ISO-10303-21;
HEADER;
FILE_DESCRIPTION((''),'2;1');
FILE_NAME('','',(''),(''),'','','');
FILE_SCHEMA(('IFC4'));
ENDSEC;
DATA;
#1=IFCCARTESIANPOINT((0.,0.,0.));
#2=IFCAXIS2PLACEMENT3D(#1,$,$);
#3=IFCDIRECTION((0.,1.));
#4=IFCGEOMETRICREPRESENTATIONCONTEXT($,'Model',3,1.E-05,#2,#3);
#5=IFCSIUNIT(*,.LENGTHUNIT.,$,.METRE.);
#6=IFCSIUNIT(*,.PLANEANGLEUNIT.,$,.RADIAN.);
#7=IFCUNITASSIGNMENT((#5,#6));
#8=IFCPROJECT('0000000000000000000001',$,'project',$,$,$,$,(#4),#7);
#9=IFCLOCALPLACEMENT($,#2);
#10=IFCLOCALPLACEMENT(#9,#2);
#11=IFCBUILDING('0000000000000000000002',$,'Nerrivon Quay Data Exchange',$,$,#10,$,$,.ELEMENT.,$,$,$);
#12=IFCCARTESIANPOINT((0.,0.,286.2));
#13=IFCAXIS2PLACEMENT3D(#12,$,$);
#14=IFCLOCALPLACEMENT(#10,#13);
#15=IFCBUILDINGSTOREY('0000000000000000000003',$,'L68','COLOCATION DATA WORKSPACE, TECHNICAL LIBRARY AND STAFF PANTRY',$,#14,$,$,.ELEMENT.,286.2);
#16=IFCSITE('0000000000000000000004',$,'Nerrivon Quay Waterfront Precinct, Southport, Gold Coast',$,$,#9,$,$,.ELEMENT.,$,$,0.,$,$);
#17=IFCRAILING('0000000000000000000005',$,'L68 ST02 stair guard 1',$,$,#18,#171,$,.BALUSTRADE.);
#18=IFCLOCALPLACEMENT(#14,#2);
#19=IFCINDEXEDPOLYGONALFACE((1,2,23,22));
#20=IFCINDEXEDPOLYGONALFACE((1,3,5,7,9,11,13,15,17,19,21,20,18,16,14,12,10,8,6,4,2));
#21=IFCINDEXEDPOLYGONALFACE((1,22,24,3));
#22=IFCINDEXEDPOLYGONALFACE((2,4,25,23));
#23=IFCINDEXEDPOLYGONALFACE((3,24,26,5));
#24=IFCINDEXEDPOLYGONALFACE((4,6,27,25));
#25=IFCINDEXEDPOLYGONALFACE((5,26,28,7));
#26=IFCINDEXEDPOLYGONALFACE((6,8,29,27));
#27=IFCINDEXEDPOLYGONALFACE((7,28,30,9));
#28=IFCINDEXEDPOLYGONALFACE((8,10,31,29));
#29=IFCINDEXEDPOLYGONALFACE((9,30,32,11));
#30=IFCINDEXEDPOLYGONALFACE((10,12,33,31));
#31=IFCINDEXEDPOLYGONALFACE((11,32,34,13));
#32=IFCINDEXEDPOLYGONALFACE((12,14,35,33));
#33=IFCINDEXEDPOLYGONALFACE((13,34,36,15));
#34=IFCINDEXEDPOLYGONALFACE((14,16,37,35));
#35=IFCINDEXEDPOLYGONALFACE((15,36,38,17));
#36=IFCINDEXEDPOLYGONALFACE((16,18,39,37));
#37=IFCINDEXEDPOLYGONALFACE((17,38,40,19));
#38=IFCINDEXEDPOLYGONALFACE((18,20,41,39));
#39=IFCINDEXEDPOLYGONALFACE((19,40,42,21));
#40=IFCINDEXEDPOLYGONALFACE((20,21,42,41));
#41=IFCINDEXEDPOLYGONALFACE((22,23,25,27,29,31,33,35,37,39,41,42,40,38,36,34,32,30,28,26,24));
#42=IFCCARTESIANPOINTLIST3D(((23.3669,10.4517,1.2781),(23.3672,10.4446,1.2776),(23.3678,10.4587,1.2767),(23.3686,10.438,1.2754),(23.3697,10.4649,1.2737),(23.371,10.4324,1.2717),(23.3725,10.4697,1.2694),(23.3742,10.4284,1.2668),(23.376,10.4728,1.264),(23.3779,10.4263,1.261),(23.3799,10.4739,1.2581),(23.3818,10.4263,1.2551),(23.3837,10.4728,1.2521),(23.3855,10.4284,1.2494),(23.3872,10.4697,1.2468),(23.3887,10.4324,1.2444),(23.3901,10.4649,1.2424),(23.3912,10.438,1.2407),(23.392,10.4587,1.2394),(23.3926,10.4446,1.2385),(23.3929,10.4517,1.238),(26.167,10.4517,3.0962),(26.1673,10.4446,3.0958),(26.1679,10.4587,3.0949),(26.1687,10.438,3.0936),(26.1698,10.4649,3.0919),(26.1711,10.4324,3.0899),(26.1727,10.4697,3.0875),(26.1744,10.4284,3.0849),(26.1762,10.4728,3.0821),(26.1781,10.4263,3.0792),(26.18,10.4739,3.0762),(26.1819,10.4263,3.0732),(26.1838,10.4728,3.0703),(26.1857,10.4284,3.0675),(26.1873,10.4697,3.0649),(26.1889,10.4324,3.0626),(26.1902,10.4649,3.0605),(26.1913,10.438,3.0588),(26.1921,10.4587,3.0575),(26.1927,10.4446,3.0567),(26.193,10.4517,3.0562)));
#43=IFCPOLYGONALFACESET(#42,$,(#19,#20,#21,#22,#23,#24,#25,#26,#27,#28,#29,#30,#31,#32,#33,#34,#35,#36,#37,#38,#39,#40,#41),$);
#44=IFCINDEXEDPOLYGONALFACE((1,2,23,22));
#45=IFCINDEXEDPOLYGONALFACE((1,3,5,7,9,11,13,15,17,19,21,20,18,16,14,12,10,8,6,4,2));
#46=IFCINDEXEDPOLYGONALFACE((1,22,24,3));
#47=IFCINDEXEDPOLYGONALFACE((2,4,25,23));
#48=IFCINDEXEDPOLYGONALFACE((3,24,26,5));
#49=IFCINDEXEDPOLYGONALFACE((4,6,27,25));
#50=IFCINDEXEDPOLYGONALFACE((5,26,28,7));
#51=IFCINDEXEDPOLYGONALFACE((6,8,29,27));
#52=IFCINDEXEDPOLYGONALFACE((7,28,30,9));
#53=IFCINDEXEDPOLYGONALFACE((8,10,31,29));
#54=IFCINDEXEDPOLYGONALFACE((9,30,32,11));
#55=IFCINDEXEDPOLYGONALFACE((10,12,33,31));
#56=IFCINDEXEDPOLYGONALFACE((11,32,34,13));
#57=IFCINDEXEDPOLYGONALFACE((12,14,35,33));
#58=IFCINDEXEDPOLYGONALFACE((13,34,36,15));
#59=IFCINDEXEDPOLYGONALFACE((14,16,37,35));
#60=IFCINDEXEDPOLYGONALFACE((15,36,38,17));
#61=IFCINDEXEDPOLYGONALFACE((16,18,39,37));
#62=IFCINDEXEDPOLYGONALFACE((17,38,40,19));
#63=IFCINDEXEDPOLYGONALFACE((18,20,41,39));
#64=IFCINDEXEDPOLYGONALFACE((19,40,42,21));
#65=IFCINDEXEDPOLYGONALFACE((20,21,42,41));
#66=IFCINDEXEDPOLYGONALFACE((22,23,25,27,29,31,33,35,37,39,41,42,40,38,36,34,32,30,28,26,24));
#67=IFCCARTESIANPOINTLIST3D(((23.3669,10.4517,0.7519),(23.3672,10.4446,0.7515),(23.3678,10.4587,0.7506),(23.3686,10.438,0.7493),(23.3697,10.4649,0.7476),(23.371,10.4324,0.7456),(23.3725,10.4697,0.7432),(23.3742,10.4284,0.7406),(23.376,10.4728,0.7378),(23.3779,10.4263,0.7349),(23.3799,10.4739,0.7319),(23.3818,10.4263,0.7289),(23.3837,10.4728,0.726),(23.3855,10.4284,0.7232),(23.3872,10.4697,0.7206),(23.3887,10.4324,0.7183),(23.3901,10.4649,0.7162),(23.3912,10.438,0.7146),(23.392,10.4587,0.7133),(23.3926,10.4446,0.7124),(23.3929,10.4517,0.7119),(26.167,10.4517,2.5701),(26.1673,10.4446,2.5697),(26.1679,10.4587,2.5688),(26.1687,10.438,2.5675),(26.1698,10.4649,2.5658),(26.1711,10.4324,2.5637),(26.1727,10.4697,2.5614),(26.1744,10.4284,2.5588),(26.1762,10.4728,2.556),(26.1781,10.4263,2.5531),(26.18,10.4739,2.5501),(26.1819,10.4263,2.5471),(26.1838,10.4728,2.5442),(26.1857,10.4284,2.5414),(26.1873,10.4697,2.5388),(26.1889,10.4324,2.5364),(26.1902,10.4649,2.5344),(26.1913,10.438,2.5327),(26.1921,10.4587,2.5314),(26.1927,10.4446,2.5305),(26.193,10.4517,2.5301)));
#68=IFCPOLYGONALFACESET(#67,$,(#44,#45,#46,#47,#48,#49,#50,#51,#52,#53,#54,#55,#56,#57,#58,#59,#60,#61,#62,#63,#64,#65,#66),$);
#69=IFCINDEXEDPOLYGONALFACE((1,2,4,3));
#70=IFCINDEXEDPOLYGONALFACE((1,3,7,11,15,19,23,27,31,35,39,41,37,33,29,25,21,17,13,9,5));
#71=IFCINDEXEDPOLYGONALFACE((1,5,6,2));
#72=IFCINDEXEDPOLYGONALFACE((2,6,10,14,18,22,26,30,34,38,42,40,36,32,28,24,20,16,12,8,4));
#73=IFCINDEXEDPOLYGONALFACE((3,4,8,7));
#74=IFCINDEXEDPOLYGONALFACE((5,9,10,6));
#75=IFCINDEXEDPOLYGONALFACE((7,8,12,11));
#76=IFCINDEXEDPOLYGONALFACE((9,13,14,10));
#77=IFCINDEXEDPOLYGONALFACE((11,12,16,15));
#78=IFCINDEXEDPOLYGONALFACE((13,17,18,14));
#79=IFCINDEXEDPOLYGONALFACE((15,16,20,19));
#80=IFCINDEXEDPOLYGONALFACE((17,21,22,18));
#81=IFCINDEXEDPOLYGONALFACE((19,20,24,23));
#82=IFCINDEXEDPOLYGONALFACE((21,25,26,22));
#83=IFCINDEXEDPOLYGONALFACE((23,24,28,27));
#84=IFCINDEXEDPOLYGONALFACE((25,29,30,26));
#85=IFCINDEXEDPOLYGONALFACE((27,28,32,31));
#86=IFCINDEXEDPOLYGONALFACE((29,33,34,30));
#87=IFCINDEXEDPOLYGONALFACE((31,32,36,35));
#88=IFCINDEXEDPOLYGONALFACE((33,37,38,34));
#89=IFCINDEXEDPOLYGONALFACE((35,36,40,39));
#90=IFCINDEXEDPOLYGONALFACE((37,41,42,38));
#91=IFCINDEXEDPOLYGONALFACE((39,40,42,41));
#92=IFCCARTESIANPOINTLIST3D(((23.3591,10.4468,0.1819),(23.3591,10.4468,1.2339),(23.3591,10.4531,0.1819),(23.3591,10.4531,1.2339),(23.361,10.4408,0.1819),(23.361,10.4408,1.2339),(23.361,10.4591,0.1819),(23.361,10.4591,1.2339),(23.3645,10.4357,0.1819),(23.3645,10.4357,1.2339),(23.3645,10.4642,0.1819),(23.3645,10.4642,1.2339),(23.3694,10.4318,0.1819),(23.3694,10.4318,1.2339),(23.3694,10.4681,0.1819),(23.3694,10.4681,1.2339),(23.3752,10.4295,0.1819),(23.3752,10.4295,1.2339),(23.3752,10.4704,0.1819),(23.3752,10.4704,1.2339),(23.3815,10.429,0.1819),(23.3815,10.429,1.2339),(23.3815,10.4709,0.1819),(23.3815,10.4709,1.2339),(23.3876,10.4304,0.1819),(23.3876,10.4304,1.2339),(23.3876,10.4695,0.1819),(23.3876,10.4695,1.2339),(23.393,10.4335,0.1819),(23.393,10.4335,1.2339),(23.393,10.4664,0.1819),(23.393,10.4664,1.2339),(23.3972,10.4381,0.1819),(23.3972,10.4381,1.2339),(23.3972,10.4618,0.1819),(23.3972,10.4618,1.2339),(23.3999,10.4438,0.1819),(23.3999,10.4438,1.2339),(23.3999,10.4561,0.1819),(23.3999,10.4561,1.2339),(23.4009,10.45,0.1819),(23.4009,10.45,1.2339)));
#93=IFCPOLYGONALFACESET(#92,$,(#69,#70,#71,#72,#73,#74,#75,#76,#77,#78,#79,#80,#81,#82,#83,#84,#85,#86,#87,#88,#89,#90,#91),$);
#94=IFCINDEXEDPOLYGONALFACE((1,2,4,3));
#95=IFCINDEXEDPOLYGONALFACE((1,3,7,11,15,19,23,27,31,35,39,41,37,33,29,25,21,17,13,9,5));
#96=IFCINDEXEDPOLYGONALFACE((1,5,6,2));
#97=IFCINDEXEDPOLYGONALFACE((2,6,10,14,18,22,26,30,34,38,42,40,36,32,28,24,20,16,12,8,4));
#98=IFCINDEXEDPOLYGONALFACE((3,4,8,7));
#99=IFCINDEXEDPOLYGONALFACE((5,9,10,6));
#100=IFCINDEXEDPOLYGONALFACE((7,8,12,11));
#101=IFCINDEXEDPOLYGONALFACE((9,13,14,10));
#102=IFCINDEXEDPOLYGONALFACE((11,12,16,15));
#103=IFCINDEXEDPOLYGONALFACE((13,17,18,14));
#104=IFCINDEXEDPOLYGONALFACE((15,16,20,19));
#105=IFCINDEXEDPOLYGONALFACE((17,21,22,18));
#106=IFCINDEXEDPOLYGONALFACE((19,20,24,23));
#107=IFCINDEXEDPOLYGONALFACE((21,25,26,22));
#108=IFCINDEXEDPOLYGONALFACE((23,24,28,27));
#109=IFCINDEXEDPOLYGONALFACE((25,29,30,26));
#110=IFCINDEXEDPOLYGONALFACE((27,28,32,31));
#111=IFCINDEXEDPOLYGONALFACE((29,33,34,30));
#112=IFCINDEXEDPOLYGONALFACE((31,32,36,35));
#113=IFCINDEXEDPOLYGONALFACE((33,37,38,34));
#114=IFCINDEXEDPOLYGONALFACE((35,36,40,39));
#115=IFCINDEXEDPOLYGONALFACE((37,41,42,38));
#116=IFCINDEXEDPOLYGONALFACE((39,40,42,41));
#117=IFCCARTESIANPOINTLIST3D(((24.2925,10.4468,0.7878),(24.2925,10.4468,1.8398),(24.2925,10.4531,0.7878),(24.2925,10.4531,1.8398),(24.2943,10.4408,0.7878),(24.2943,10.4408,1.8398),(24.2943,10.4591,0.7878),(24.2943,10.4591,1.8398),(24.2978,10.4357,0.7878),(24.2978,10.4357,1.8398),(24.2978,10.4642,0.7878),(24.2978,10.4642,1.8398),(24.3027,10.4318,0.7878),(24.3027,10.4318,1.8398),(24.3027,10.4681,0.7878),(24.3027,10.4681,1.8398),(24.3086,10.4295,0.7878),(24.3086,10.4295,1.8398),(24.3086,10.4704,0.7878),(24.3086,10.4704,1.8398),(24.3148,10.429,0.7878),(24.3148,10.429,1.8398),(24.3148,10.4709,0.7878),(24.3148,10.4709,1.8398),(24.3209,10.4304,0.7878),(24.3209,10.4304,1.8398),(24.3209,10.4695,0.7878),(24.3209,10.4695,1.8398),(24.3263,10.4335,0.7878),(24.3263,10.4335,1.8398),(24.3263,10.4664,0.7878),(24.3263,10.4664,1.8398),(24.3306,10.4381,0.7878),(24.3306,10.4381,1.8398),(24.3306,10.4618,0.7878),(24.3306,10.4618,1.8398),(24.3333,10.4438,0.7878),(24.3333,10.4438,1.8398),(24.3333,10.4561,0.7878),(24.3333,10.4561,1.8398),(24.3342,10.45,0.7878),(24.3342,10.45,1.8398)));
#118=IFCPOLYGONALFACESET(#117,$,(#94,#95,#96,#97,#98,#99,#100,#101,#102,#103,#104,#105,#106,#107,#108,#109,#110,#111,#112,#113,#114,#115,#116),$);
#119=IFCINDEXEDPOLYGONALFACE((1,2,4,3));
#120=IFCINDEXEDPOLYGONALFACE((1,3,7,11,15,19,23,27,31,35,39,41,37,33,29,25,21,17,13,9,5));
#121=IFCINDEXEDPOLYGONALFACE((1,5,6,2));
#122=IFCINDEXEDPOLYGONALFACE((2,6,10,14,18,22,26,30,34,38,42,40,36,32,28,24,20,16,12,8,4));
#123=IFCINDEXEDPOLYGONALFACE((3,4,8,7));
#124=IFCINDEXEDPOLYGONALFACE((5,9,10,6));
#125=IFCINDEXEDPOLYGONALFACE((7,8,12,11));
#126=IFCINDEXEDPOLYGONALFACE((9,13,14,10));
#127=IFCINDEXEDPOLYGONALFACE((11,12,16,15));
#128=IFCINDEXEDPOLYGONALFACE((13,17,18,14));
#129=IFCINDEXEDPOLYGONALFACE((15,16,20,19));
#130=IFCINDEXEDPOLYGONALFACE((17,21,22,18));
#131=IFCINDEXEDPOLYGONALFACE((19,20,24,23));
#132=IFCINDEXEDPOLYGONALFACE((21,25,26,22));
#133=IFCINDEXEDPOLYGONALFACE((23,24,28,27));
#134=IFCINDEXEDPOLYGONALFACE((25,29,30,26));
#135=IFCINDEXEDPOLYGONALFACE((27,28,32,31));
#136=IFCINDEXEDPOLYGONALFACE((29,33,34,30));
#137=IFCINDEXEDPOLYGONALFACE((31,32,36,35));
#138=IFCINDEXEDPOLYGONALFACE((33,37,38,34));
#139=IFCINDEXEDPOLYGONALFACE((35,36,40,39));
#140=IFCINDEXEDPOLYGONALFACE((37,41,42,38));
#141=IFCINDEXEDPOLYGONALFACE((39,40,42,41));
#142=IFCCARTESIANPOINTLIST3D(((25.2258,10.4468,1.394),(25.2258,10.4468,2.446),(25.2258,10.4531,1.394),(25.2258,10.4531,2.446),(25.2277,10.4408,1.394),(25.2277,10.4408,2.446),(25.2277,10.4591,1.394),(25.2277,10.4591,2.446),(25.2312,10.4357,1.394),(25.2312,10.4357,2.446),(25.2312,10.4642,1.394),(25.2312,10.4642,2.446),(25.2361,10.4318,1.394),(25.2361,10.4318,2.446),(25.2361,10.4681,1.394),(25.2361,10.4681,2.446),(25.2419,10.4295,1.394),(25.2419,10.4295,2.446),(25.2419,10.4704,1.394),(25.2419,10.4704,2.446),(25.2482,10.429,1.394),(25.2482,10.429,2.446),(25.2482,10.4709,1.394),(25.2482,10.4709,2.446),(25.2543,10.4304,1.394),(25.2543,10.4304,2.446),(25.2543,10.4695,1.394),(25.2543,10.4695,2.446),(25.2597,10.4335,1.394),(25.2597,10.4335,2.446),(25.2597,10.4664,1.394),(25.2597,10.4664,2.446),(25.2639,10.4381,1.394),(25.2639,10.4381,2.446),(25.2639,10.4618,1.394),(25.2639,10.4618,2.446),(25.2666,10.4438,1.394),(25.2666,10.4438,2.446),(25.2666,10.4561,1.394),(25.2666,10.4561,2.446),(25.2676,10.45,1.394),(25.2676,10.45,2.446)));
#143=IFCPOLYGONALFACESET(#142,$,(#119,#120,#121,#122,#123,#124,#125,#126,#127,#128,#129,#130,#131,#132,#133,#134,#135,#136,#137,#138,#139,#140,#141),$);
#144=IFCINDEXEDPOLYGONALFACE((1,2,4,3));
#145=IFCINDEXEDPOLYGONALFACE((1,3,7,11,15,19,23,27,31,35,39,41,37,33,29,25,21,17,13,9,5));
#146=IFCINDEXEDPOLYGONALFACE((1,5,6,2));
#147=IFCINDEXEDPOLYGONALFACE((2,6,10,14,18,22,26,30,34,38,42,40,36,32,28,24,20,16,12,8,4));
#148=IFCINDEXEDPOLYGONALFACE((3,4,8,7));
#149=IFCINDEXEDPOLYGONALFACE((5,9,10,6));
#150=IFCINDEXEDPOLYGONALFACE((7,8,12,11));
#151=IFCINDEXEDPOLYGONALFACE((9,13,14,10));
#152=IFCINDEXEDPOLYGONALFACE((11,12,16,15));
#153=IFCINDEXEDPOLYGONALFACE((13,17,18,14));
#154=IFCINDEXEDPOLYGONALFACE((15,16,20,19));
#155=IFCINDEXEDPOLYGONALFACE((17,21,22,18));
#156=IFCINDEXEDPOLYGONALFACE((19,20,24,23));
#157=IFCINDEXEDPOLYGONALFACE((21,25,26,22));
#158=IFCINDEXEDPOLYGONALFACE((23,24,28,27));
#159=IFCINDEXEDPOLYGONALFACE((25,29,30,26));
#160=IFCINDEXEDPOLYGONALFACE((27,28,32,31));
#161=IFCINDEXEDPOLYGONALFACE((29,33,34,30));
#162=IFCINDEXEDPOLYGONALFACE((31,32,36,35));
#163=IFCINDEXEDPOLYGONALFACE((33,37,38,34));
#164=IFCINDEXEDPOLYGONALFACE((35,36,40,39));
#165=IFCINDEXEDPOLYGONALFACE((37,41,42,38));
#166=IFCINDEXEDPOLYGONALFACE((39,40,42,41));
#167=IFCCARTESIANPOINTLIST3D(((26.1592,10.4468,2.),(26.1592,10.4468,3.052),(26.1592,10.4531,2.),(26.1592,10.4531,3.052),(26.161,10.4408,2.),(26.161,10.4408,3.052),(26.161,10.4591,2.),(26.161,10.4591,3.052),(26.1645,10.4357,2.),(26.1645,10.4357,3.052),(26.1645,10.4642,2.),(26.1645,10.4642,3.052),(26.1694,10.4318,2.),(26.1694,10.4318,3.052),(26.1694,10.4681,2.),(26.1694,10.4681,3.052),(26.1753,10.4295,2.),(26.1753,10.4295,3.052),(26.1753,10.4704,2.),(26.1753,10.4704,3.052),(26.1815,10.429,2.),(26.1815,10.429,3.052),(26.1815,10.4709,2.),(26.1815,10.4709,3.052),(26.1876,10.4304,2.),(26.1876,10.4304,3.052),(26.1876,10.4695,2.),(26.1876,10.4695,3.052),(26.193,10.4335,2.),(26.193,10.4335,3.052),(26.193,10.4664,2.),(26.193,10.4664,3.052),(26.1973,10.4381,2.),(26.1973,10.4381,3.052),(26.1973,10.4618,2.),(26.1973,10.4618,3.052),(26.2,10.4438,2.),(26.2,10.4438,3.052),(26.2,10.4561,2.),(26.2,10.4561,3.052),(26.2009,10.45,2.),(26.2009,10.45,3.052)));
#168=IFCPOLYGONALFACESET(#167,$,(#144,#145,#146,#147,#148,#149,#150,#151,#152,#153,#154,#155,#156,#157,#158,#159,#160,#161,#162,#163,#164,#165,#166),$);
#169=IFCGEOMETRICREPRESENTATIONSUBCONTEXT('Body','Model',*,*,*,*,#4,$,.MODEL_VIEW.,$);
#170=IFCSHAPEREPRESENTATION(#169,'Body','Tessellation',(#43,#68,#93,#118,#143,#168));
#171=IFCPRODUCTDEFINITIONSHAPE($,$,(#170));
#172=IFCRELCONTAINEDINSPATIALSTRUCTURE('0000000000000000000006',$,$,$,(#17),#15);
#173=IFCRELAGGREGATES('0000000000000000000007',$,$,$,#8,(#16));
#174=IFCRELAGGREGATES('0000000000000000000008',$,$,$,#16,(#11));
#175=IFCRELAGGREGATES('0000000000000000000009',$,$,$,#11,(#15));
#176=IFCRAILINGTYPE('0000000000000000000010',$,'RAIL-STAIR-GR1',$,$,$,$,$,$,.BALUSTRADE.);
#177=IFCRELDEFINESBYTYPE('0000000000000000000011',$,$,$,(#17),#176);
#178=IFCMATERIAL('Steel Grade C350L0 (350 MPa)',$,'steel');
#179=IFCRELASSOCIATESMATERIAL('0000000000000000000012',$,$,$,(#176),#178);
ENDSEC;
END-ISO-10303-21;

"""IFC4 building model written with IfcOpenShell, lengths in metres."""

from ifc_helpers import new_model, si_unit, direction, frame, origin, origin_2d, place, context, subcontext, project, spatial, circle, extrude, material, type_object, element, save


model = new_model("IFC4")

# Units and contexts
model_context = context("Model", 3, precision=1e-05, world=origin(), true_north=direction((0.0, 1.0)))
body_context = subcontext(model_context, "Body", "Model", "MODEL_VIEW")
ifc_project = project(units=[si_unit("LENGTHUNIT", "METRE"), si_unit("PLANEANGLEUNIT", "RADIAN")], contexts=[model_context])

# Site, building, storey
site_placement = place(None, origin())
site = spatial("IfcSite", under=ifc_project, at=site_placement, Name="Nerrivon Quay Waterfront Precinct, Southport, Gold Coast", CompositionType="ELEMENT", RefElevation=0.0)
building_placement = place(site_placement, origin())
building = spatial("IfcBuilding", under=site, at=building_placement, Name="Nerrivon Quay Data Exchange", CompositionType="ELEMENT")
storey_placement = place(building_placement, frame((0.0, 0.0, 286.2)))
storey = spatial("IfcBuildingStorey", under=building, at=storey_placement, Name="L68", Description="COLOCATION DATA WORKSPACE, TECHNICAL LIBRARY AND STAFF PANTRY", CompositionType="ELEMENT", Elevation=286.2)

# Railing
ifc_material_1 = material(Name="Steel Grade C350L0 (350 MPa)", Category="steel")
railing_type_1 = type_object("IfcRailingType", Name="RAIL-STAIR-GR1", PredefinedType="BALUSTRADE", material=ifc_material_1)
railing_1_placement = place(storey_placement, frame((23.3799, 10.45, 0.1819)))
element("IfcRailing", 1, at=railing_1_placement, inside=storey, type_object=railing_type_1, Name="L68 ST02 stair guard 1", PredefinedType="BALUSTRADE", context=body_context, shape_type="SweptSolid", body=[
    extrude(circle(Radius=0.0239, at=origin_2d()), frame((0.0, 0.0, 1.0762), z_axis=(0.838706, 0.0, 0.544585), x_axis=(0.0, 1.0, 0.0)), (0.0, 0.0, 1.0), 3.3386),
    extrude(circle(Radius=0.0239, at=origin_2d()), frame((0.0, 0.0, 0.55), z_axis=(0.838706, 0.0, 0.544585), x_axis=(0.0, 1.0, 0.0)), (0.0, 0.0, 1.0), 3.3386),
    extrude(circle(Radius=0.021, at=origin_2d()), origin(), (0.0, 0.0, 1.0), 1.052),
    extrude(circle(Radius=0.021, at=origin_2d()), frame((0.9333, 0.0, 0.606)), (0.0, 0.0, 1.0), 1.052),
    extrude(circle(Radius=0.021, at=origin_2d()), frame((1.8667, 0.0, 1.2122)), (0.0, 0.0, 1.0), 1.052),
    extrude(circle(Radius=0.021, at=origin_2d()), frame((2.8, 0.0, 1.8181)), (0.0, 0.0, 1.0), 1.052),
])

save(model, "model.ifc")
